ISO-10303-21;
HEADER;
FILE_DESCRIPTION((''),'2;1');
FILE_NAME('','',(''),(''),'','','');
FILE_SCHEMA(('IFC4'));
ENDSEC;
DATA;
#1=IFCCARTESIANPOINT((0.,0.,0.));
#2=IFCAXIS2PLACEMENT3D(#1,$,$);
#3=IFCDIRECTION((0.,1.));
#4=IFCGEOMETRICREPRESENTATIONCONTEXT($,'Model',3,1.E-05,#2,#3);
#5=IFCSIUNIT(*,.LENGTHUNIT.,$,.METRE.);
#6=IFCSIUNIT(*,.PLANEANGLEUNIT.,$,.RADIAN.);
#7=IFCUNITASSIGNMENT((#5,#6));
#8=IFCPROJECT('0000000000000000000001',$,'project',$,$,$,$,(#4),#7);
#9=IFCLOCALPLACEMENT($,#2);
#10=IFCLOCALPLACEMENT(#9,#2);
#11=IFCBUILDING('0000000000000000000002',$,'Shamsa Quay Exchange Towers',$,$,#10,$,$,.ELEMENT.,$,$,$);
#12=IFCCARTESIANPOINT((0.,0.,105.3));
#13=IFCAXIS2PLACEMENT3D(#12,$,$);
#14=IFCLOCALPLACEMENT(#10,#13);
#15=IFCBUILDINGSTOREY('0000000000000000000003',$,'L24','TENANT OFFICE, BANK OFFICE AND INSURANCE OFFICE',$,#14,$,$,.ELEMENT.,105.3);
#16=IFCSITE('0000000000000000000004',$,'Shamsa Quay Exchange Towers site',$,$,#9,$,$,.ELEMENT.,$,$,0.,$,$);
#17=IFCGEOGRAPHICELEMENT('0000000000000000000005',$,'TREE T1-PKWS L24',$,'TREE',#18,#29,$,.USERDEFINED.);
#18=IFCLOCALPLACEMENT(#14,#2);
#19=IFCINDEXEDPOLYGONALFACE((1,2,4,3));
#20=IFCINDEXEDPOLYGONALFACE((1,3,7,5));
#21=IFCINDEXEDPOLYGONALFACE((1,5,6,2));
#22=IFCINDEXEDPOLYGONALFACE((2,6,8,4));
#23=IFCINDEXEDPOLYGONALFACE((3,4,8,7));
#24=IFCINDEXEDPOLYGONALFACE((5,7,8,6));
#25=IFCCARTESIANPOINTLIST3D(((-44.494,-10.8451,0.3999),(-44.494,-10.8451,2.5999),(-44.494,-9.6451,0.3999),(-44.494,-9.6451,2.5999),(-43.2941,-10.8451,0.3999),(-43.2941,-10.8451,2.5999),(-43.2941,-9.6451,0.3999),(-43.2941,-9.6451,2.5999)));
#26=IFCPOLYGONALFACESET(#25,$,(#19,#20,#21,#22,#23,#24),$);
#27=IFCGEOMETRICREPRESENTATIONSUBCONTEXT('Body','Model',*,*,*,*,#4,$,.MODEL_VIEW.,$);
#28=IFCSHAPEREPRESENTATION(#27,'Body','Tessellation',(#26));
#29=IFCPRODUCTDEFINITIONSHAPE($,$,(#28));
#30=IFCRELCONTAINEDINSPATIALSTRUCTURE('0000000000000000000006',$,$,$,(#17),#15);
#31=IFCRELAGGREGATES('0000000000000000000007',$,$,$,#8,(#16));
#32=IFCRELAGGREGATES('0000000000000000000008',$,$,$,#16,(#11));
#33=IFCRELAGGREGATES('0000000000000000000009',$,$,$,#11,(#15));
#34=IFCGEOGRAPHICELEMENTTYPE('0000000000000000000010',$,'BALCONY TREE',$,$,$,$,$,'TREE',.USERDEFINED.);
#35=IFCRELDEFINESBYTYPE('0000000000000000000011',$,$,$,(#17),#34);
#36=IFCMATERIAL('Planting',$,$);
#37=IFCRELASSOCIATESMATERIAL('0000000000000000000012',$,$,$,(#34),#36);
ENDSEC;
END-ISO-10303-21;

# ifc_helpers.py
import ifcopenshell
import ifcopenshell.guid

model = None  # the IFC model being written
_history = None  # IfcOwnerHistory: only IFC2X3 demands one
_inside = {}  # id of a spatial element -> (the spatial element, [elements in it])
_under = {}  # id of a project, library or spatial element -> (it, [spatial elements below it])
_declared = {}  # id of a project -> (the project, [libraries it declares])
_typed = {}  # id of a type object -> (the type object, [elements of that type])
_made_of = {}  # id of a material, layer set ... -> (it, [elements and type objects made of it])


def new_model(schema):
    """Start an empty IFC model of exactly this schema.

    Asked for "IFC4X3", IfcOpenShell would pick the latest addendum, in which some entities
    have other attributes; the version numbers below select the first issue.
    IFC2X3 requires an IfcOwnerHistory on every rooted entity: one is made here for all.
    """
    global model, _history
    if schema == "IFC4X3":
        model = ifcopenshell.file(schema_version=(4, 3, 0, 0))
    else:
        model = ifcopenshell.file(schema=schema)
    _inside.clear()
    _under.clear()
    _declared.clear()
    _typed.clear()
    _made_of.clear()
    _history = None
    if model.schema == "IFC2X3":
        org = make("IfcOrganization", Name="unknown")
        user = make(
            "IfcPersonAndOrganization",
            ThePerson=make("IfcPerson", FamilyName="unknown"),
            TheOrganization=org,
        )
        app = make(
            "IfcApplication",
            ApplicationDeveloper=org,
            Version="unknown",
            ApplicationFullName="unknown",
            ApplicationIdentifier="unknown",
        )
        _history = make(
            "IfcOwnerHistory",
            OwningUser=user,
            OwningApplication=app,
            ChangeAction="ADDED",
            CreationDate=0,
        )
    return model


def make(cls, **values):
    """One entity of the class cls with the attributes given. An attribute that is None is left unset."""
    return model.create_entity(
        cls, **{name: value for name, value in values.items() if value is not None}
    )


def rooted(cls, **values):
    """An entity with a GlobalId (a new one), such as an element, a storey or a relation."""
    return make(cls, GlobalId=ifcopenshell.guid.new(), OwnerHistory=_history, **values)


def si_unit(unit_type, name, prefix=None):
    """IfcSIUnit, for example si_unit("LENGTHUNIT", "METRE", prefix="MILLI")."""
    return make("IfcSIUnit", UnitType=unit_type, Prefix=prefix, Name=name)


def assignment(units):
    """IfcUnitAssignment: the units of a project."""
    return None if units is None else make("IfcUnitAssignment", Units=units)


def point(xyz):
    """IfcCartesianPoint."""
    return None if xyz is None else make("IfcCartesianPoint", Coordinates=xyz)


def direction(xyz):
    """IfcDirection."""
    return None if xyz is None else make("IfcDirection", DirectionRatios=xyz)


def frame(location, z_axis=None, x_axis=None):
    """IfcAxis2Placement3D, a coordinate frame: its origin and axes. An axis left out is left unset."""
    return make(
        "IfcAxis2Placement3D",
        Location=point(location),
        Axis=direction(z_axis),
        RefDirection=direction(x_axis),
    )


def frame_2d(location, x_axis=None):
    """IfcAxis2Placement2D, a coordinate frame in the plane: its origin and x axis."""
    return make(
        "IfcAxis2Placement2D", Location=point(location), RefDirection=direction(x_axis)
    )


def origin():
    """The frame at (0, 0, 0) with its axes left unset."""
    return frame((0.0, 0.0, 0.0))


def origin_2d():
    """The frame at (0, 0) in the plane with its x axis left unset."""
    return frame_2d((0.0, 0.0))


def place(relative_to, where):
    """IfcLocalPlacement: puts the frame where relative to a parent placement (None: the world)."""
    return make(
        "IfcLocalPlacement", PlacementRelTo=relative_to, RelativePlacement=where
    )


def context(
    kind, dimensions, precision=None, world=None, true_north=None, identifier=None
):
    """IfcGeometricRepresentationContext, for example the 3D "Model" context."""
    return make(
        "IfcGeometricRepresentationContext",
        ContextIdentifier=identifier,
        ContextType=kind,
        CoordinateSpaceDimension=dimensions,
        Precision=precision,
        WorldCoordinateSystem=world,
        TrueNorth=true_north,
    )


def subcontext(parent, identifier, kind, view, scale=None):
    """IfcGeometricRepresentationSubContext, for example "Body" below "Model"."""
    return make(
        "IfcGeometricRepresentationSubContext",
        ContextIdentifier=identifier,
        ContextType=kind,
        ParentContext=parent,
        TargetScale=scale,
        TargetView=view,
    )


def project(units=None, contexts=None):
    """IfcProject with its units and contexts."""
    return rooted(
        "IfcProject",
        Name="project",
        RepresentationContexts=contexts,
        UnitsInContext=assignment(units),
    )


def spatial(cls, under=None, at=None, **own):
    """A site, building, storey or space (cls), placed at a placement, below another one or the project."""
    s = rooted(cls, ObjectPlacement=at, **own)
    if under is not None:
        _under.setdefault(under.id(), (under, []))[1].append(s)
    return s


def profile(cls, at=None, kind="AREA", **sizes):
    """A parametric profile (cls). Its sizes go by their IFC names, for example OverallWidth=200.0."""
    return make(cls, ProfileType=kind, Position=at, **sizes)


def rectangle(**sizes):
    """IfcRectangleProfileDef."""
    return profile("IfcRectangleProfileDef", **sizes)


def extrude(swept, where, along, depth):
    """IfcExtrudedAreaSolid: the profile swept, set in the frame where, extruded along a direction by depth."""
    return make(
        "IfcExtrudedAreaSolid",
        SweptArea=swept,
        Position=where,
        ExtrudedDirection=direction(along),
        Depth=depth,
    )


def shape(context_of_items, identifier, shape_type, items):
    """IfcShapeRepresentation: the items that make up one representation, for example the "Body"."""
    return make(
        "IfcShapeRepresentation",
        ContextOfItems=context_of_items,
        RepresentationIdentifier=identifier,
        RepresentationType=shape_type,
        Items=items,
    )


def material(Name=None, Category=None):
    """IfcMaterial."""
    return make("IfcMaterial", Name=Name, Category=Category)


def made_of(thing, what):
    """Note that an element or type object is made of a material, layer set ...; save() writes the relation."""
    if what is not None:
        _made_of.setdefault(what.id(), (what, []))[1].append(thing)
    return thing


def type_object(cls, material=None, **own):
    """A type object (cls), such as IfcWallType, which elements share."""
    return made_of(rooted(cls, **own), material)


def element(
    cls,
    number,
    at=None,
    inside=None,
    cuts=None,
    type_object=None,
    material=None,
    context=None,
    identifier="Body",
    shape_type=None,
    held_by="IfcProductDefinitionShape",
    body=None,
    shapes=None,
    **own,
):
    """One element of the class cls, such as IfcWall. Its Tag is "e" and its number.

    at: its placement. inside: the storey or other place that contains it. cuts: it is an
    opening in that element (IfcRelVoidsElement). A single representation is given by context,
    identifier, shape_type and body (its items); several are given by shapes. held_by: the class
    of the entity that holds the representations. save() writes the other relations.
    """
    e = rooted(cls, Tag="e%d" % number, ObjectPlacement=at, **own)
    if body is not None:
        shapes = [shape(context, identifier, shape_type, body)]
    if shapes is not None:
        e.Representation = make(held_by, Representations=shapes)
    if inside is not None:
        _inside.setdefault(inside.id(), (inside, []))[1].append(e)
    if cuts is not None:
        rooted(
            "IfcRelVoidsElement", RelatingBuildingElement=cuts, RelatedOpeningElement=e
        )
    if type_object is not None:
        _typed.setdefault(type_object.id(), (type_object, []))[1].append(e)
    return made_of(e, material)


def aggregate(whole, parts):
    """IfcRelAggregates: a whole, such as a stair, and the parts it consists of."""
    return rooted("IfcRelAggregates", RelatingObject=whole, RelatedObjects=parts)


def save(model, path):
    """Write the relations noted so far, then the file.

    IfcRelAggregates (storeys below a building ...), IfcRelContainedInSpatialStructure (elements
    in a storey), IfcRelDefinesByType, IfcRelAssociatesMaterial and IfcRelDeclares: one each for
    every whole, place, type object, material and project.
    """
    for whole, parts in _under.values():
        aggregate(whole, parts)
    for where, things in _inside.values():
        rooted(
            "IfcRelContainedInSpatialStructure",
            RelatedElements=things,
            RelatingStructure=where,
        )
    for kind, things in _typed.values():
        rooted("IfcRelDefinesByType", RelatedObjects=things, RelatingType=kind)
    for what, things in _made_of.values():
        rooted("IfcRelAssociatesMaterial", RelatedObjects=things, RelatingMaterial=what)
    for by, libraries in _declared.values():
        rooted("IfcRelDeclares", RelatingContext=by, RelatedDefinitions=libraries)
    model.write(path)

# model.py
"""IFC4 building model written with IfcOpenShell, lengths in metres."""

from ifc_helpers import new_model, si_unit, direction, frame, origin, origin_2d, place, context, subcontext, project, spatial, rectangle, extrude, material, type_object, element, save


model = new_model("IFC4")

# Units and contexts
model_context = context("Model", 3, precision=1e-05, world=origin(), true_north=direction((0.0, 1.0)))
body_context = subcontext(model_context, "Body", "Model", "MODEL_VIEW")
ifc_project = project(units=[si_unit("LENGTHUNIT", "METRE"), si_unit("PLANEANGLEUNIT", "RADIAN")], contexts=[model_context])

# Site, building, storey
site_placement = place(None, origin())
site = spatial("IfcSite", under=ifc_project, at=site_placement, Name="Shamsa Quay Exchange Towers site", CompositionType="ELEMENT", RefElevation=0.0)
building_placement = place(site_placement, origin())
building = spatial("IfcBuilding", under=site, at=building_placement, Name="Shamsa Quay Exchange Towers", CompositionType="ELEMENT")
storey_placement = place(building_placement, frame((0.0, 0.0, 105.3)))
storey = spatial("IfcBuildingStorey", under=building, at=storey_placement, Name="L24", Description="TENANT OFFICE, BANK OFFICE AND INSURANCE OFFICE", CompositionType="ELEMENT", Elevation=105.3)

# Geographic element
ifc_material_1 = material(Name="Planting")
geographic_element_type = type_object("IfcGeographicElementType", Name="BALCONY TREE", ElementType="TREE", PredefinedType="USERDEFINED", material=ifc_material_1)
geographic_element_placement = place(storey_placement, frame((-43.894, -10.2451, 0.3999)))
element("IfcGeographicElement", 1, at=geographic_element_placement, inside=storey, type_object=geographic_element_type, Name="TREE T1-PKWS L24", ObjectType="TREE", PredefinedType="USERDEFINED", context=body_context, shape_type="SweptSolid", body=[
    extrude(rectangle(XDim=1.2, YDim=1.2, at=origin_2d()), origin(), (0.0, 0.0, 1.0), 2.2),
])

save(model, "model.ifc")
